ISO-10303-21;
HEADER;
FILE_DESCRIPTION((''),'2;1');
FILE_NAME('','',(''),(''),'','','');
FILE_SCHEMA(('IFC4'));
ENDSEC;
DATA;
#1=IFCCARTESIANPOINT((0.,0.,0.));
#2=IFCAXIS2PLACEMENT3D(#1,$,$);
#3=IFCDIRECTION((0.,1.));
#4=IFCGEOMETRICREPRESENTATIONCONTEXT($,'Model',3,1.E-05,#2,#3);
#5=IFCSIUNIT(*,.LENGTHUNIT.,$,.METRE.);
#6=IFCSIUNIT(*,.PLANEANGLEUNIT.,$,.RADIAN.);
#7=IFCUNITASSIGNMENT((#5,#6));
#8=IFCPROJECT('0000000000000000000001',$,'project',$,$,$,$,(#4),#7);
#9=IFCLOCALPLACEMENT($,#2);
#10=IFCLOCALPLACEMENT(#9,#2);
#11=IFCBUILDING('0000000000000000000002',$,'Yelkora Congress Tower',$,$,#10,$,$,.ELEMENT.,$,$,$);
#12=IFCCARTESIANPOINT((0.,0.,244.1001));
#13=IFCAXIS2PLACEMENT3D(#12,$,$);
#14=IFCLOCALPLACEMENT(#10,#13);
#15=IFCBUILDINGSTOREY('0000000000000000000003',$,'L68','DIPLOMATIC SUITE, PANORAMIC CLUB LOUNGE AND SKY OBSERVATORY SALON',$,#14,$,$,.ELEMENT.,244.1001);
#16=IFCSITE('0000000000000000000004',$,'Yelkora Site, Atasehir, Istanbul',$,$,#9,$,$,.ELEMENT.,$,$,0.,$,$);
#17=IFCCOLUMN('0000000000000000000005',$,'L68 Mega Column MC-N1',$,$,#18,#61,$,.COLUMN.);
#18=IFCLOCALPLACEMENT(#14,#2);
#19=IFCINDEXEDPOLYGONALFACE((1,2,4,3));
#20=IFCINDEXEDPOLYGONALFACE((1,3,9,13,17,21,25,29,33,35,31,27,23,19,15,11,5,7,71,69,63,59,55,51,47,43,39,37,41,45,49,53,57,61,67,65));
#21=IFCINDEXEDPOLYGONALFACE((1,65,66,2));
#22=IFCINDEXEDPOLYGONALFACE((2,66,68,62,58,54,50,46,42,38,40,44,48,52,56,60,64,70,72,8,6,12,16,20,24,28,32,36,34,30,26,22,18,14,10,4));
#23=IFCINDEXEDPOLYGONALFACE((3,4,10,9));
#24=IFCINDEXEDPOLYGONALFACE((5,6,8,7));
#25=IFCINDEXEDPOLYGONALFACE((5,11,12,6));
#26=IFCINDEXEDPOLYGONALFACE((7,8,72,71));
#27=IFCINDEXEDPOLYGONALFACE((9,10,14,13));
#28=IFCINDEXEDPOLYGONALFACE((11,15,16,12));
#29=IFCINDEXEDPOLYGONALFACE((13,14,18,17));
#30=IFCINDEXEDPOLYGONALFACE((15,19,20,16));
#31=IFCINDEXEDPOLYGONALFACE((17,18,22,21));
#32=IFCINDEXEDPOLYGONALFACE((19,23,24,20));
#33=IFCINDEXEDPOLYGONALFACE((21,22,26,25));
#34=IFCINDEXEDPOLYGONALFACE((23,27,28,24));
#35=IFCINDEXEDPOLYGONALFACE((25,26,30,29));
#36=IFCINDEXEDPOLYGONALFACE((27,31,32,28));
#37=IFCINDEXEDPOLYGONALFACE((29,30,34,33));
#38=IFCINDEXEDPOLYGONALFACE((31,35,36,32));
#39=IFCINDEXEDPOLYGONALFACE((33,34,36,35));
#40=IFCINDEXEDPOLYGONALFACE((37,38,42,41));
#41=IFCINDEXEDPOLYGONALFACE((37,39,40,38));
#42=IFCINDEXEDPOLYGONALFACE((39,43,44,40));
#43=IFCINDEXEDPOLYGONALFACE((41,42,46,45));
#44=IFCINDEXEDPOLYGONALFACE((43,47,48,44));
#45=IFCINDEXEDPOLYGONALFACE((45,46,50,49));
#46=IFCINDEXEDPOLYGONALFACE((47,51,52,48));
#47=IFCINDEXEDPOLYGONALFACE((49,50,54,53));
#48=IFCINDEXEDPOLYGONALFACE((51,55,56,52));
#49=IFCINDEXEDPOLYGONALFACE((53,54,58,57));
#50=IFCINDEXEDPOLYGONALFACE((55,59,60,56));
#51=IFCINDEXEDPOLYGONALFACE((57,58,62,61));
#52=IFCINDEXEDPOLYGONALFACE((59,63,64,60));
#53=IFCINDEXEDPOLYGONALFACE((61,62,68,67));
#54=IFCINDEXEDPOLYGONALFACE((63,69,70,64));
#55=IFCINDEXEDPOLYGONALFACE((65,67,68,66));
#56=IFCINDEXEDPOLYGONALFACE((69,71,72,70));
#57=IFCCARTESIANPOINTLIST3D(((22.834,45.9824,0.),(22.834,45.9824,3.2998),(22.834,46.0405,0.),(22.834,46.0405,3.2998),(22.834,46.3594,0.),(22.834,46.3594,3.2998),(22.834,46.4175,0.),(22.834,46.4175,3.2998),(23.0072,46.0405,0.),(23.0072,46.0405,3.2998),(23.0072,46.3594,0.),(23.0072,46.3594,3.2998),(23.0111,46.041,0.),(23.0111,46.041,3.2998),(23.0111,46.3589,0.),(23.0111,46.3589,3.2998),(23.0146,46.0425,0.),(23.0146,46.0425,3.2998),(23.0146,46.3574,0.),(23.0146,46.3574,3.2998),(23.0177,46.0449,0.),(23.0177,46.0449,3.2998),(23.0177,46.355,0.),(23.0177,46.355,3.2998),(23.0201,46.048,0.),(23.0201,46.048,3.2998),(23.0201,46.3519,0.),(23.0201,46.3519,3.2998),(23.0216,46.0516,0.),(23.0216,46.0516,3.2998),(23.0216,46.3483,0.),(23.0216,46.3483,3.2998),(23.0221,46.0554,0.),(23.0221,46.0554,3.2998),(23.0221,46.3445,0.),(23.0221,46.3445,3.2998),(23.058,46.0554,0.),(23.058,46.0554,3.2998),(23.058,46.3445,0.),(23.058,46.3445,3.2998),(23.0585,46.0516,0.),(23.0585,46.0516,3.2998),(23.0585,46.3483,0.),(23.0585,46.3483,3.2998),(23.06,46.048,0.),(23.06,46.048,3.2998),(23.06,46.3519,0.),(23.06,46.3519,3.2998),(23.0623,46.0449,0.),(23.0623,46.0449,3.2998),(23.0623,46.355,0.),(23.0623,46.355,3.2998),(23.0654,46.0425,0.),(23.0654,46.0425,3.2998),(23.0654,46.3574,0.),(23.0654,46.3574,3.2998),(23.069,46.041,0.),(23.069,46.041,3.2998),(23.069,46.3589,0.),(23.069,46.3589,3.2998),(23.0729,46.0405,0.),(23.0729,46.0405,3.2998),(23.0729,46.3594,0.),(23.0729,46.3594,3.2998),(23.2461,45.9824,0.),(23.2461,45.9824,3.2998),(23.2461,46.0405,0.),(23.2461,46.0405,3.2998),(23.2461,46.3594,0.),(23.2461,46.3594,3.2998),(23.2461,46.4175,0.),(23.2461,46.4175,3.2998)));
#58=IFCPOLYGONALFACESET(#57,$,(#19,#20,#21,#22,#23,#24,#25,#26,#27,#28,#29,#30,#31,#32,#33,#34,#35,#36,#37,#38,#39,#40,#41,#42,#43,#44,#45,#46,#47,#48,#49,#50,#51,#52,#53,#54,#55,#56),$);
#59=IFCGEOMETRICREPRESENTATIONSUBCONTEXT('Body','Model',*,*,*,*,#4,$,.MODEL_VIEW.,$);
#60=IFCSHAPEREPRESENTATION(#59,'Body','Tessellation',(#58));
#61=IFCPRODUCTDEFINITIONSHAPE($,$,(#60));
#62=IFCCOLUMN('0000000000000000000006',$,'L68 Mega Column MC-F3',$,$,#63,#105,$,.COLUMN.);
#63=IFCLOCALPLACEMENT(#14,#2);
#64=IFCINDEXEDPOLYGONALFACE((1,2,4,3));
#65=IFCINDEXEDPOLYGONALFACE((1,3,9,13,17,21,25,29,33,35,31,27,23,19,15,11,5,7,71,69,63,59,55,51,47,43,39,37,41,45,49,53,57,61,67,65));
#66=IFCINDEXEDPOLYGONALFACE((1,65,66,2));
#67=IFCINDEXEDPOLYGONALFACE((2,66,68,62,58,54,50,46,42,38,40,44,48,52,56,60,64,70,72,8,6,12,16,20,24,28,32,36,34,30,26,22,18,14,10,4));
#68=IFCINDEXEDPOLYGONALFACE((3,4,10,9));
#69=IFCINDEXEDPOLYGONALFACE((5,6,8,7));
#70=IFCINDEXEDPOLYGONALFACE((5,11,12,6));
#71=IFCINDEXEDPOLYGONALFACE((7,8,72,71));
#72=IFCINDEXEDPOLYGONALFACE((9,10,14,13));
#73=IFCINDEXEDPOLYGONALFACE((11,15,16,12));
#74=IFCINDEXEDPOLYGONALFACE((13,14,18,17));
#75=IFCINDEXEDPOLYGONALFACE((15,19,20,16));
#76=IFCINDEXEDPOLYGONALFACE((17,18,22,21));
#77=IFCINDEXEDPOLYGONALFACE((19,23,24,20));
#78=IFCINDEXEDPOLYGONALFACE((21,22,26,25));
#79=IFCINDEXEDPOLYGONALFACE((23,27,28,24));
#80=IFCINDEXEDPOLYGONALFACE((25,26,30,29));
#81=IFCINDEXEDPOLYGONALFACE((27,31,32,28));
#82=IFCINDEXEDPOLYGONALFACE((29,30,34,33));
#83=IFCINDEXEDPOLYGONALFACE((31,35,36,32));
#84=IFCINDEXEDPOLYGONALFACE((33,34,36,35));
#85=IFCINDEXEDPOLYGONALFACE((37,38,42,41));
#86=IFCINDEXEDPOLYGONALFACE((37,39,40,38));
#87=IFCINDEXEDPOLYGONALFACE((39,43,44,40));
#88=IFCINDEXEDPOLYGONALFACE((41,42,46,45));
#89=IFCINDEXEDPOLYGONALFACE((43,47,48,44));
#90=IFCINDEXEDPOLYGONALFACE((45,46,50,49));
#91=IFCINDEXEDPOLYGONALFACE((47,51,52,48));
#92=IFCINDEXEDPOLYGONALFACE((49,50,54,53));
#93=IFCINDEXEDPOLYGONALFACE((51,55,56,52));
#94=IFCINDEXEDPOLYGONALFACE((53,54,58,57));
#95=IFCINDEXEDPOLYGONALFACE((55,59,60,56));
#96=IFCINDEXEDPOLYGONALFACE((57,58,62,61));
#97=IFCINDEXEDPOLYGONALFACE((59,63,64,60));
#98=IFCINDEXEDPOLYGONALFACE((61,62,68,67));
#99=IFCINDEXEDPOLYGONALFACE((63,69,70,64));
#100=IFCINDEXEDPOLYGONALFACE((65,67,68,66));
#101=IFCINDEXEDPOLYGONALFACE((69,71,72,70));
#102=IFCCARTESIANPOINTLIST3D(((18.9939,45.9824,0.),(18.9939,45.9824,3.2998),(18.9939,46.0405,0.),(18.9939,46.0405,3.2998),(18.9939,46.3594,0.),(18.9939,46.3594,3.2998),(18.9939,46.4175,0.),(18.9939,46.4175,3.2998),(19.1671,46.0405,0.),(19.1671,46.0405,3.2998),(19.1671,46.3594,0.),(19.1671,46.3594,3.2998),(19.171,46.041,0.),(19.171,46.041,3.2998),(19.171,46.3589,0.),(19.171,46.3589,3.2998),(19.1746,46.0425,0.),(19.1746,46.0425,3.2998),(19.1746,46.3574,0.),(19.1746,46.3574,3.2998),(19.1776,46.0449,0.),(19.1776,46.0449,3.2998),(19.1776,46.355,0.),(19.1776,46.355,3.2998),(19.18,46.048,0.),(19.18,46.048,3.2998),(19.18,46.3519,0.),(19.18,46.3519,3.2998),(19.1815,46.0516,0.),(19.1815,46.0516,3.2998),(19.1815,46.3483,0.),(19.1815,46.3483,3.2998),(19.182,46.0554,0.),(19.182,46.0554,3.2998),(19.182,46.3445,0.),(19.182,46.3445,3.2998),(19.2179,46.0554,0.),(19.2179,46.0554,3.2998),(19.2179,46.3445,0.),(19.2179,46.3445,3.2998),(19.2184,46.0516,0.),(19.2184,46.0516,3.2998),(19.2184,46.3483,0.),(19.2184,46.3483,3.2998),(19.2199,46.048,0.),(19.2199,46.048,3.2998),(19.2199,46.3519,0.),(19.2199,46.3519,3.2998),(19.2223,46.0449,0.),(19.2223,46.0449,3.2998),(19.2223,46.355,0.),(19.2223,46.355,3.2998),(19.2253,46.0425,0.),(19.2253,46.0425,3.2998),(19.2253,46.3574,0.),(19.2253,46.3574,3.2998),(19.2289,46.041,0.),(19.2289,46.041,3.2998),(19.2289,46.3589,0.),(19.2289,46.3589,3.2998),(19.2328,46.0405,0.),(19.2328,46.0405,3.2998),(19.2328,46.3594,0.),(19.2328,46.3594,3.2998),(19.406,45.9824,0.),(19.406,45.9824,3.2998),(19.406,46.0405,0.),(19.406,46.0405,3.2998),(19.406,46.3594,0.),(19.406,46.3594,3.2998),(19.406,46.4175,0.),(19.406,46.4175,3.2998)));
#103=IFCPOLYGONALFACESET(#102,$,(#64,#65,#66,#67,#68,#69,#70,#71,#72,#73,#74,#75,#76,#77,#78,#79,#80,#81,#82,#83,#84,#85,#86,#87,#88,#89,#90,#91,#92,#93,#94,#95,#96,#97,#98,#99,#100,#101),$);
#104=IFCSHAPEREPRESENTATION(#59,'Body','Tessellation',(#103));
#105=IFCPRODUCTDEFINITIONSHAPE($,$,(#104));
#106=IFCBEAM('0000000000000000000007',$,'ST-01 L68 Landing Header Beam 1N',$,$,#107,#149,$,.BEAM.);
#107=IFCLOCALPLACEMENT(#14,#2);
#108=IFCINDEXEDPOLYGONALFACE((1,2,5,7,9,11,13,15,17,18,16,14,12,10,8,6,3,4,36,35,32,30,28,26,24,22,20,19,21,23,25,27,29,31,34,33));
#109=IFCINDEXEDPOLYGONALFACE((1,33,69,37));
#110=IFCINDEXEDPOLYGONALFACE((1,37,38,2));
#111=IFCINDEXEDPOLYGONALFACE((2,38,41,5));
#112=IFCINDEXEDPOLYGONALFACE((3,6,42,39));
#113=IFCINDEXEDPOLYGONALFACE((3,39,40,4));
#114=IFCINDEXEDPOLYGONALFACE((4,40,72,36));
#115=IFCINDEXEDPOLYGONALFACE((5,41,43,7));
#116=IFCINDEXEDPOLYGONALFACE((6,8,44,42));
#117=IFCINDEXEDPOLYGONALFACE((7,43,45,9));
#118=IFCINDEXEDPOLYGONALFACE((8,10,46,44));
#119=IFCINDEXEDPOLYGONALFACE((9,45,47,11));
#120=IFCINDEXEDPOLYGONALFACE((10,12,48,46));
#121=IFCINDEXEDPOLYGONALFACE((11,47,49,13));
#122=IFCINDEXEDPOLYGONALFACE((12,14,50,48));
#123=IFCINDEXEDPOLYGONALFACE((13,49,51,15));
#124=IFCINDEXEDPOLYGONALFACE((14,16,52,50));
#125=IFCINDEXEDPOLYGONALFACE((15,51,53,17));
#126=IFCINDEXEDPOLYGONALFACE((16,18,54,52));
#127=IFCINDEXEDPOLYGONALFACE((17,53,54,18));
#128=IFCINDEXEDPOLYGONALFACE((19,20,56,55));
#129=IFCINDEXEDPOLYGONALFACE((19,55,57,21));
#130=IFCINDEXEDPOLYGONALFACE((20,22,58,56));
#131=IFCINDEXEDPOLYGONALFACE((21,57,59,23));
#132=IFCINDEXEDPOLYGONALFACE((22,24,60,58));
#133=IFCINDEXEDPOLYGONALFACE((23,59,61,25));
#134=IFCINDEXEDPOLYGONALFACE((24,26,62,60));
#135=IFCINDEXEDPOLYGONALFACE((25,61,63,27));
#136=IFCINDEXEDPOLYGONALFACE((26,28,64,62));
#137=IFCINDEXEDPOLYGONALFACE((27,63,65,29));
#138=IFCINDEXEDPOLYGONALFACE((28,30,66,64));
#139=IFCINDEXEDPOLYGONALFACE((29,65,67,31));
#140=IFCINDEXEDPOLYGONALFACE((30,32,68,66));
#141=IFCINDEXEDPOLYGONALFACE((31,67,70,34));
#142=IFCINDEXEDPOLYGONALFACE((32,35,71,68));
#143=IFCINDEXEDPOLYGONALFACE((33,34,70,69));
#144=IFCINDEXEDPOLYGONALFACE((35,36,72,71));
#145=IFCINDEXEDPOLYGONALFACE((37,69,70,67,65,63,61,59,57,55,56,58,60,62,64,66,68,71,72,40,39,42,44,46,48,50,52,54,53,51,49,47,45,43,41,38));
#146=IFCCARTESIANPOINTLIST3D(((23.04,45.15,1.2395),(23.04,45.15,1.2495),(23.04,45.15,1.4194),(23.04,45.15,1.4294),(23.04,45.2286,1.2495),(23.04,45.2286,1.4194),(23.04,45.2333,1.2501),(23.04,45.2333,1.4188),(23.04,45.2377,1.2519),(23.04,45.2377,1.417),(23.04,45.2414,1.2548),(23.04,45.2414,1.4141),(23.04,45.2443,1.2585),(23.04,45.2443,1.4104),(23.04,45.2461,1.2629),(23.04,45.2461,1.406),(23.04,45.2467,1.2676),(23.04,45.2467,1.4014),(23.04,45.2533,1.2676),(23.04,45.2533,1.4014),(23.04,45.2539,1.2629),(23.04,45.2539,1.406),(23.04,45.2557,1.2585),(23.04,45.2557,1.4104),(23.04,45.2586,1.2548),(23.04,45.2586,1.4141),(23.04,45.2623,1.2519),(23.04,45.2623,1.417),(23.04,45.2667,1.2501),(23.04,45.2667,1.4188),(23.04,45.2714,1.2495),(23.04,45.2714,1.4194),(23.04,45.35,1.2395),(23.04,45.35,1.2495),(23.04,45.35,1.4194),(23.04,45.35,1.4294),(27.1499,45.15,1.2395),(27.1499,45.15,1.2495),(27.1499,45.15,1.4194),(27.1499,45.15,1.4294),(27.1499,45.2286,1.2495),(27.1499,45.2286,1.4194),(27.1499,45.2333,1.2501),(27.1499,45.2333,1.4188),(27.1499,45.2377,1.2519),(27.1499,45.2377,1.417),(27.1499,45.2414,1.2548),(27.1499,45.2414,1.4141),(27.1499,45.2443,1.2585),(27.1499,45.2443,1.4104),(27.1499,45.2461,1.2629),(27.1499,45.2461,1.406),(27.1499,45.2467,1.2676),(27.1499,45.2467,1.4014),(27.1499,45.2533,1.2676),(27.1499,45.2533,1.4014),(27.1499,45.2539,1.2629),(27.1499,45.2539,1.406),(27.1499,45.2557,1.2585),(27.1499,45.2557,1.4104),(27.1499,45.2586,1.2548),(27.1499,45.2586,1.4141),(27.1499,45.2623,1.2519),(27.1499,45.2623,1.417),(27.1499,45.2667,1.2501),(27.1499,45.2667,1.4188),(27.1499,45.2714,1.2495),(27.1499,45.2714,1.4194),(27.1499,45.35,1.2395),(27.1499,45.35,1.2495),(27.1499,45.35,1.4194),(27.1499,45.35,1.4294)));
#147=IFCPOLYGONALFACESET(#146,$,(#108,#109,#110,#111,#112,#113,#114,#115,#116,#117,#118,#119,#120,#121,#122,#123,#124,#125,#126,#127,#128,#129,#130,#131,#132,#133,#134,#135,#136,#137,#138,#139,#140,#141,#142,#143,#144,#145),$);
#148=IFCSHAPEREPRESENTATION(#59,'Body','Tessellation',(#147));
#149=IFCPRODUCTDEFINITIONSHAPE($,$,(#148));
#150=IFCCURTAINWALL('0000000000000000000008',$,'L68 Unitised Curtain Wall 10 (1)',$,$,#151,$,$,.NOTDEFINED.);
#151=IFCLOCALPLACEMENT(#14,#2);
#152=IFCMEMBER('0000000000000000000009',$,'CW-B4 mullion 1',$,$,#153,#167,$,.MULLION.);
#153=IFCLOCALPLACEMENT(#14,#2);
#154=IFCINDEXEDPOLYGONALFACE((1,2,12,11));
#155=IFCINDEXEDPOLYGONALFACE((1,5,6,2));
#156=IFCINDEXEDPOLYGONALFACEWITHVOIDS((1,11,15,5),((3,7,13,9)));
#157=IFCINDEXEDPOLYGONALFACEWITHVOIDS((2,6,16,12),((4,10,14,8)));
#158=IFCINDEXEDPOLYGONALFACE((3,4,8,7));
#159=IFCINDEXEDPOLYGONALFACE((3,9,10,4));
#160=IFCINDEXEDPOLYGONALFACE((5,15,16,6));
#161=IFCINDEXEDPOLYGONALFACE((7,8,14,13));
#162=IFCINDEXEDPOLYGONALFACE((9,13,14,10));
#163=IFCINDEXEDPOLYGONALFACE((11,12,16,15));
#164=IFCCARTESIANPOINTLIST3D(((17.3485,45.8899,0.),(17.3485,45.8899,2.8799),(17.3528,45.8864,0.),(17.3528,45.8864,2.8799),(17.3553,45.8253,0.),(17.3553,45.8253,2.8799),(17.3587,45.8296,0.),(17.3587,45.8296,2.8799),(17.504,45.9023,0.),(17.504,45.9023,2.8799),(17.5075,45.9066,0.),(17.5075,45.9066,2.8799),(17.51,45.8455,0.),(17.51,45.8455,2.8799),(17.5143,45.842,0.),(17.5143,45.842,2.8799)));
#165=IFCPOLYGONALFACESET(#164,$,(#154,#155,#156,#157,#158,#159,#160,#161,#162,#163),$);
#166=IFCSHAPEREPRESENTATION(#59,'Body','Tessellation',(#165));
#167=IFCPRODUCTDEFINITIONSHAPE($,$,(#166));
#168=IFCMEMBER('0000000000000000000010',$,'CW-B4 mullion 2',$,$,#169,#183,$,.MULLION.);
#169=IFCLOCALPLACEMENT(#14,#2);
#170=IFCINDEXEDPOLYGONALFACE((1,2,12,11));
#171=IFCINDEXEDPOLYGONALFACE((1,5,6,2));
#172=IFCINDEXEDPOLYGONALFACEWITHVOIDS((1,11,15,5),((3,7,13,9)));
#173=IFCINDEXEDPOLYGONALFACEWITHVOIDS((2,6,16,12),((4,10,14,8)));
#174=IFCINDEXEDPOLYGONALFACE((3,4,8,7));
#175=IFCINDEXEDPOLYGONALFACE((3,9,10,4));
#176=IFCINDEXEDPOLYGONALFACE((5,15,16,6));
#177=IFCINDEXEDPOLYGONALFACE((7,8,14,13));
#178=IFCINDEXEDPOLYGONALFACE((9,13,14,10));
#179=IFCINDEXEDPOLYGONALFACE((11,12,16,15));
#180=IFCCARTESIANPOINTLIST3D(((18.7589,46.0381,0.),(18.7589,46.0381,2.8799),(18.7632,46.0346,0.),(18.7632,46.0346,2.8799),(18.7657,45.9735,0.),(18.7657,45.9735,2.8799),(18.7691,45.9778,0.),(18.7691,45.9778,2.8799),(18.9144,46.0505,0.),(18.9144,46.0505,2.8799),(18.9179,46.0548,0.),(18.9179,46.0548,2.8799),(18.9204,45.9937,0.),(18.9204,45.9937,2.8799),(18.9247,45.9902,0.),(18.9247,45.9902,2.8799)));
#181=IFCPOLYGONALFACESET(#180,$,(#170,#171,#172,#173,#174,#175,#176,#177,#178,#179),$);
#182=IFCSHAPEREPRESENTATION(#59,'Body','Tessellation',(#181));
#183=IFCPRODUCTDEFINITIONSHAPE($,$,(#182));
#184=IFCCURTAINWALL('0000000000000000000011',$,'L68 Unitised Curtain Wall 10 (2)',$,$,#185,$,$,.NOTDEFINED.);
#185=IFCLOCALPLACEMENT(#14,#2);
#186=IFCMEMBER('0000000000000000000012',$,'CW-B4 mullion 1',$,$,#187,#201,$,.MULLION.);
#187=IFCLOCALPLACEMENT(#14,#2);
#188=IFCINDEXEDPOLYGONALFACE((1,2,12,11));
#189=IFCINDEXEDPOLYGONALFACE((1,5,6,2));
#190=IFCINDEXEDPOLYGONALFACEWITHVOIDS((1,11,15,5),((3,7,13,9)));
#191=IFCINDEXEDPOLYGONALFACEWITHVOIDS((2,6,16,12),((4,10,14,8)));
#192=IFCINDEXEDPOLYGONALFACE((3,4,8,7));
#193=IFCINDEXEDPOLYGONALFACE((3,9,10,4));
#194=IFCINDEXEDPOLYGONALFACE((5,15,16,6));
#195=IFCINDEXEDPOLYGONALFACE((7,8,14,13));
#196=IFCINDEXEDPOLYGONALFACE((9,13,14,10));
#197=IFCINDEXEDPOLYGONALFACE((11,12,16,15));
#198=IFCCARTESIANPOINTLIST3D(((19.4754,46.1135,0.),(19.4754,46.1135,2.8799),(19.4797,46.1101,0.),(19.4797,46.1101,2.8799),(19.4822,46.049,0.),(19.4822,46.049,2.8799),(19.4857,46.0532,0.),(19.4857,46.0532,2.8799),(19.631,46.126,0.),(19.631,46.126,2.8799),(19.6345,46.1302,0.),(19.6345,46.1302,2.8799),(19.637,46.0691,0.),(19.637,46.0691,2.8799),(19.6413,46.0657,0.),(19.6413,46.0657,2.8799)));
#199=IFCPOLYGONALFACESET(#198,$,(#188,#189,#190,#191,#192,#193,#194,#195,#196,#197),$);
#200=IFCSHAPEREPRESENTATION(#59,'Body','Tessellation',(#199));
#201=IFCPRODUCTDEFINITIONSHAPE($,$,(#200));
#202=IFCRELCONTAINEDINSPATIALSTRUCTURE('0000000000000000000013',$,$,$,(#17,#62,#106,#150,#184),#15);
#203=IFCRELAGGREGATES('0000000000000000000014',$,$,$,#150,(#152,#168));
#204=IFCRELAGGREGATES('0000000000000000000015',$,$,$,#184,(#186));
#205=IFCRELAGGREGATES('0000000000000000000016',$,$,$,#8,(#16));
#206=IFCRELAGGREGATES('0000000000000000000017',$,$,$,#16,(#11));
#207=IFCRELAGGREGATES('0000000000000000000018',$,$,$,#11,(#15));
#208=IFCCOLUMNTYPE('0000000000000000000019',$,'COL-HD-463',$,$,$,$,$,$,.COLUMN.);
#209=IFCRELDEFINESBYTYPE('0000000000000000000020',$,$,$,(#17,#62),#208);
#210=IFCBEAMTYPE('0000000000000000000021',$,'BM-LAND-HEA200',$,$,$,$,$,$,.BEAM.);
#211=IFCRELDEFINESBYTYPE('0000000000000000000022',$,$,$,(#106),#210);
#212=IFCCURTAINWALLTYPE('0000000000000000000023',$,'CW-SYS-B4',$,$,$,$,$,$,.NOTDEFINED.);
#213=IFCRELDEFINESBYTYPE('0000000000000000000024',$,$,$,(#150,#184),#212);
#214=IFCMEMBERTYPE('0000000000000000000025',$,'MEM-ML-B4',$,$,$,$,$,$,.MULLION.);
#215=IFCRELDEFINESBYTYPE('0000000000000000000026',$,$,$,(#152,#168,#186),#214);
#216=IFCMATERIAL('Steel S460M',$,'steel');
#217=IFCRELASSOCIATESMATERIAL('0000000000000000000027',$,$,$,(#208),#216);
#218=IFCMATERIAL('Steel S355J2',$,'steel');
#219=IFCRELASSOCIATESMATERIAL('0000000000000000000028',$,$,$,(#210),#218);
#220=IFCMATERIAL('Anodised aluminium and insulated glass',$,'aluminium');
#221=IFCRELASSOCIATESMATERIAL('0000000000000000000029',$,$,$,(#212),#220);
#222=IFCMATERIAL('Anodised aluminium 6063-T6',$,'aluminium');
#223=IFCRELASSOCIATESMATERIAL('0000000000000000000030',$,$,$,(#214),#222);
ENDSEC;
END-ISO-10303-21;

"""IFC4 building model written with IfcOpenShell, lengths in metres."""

from ifc_helpers import new_model, si_unit, direction, frame, origin, origin_2d, place, context, subcontext, project, spatial, hollow_rectangle, i_section, extrude, material, material_profile, profile_set, type_object, element, aggregate, save


model = new_model("IFC4")

# Units and contexts
model_context = context("Model", 3, precision=1e-05, world=origin(), true_north=direction((0.0, 1.0)))
body_context = subcontext(model_context, "Body", "Model", "MODEL_VIEW")
ifc_project = project(units=[si_unit("LENGTHUNIT", "METRE"), si_unit("PLANEANGLEUNIT", "RADIAN")], contexts=[model_context])

# Site, building, storey
site_placement = place(None, origin())
site = spatial("IfcSite", under=ifc_project, at=site_placement, Name="Yelkora Site, Atasehir, Istanbul", CompositionType="ELEMENT", RefElevation=0.0)
building_placement = place(site_placement, origin())
building = spatial("IfcBuilding", under=site, at=building_placement, Name="Yelkora Congress Tower", CompositionType="ELEMENT")
storey_placement = place(building_placement, frame((0.0, 0.0, 244.1001)))
storey = spatial("IfcBuildingStorey", under=building, at=storey_placement, Name="L68", Description="DIPLOMATIC SUITE, PANORAMIC CLUB LOUNGE AND SKY OBSERVATORY SALON", CompositionType="ELEMENT", Elevation=244.1001)

# Columns
ifc_material_1 = material(Name="Steel S460M", Category="steel")
ifc_material_profile_1 = material_profile(ifc_material_1, i_section(OverallWidth=0.4121, OverallDepth=0.4351, WebThickness=0.0359, FlangeThickness=0.0581, FilletRadius=0.0149, at=origin_2d()), Name="HD 400x463")
ifc_profile_set_1 = profile_set([ifc_material_profile_1], Name="Steel S460M")
column_type = type_object("IfcColumnType", Name="COL-HD-463", PredefinedType="COLUMN", material=ifc_profile_set_1)
for number, where, z_axis, x_axis, name in (
    (1, (23.04, 46.2, 0.0), (0.0, 0.0, 1.0), (1.0, 0.0, 0.0), "L68 Mega Column MC-N1"),
    (2, (19.2, 46.2, 0.0), (0.0, 0.0, 1.0), (1.0, 0.0, 0.0), "L68 Mega Column MC-F3"),
):
    element("IfcColumn", number, at=place(storey_placement, frame(where, z_axis=z_axis, x_axis=x_axis)), inside=storey, type_object=column_type, Name=name, PredefinedType="COLUMN", context=body_context, shape_type="SweptSolid", body=[
        extrude(i_section(OverallWidth=0.4121, OverallDepth=0.4351, WebThickness=0.0359, FlangeThickness=0.0581, FilletRadius=0.0149, at=origin_2d()), origin(), (0.0, 0.0, 1.0), 3.2998),
    ])

# Beam
ifc_material_2 = material(Name="Steel S355J2", Category="steel")
ifc_material_profile_2 = material_profile(ifc_material_2, i_section(OverallWidth=0.2, OverallDepth=0.1899, WebThickness=0.0066, FlangeThickness=0.01, FilletRadius=0.0181, at=origin_2d()), Name="HEA 200")
ifc_profile_set_2 = profile_set([ifc_material_profile_2], Name="Steel S355J2")
beam_type = type_object("IfcBeamType", Name="BM-LAND-HEA200", PredefinedType="BEAM", material=ifc_profile_set_2)
beam_placement = place(storey_placement, frame((23.04, 45.25, 1.3345), z_axis=(1.0, 0.0, 0.0), x_axis=(0.0, 1.0, 0.0)))
element("IfcBeam", 3, at=beam_placement, inside=storey, type_object=beam_type, Name="ST-01 L68 Landing Header Beam 1N", PredefinedType="BEAM", context=body_context, shape_type="SweptSolid", body=[
    extrude(i_section(OverallWidth=0.2, OverallDepth=0.1899, WebThickness=0.0066, FlangeThickness=0.01, FilletRadius=0.0181, at=origin_2d()), origin(), (0.0, 0.0, 1.0), 4.1099),
])

# Curtain walls, members
ifc_material_3 = material(Name="Anodised aluminium and insulated glass", Category="aluminium")
curtain_wall_type = type_object("IfcCurtainWallType", Name="CW-SYS-B4", PredefinedType="NOTDEFINED", material=ifc_material_3)
curtain_wall_1_placement = place(storey_placement, origin())
curtain_wall_1 = element("IfcCurtainWall", 4, at=curtain_wall_1_placement, inside=storey, type_object=curtain_wall_type, Name="L68 Unitised Curtain Wall 10 (1)", PredefinedType="NOTDEFINED")
ifc_material_4 = material(Name="Anodised aluminium 6063-T6", Category="aluminium")
ifc_material_profile_3 = material_profile(ifc_material_4, hollow_rectangle(XDim=0.0649, YDim=0.1599, WallThickness=0.0039, at=origin_2d()), Name="ALU 65x160x4")
ifc_profile_set_3 = profile_set([ifc_material_profile_3], Name="Anodised aluminium 6063-T6")
member_type_1 = type_object("IfcMemberType", Name="MEM-ML-B4", PredefinedType="MULLION", material=ifc_profile_set_3)
member_1_placement = place(storey_placement, frame((17.4314, 45.866, 0.0), z_axis=(0.0, 0.0, 1.0), x_axis=(-0.104509, 0.994524, 0.0)))
member_1 = element("IfcMember", 5, at=member_1_placement, type_object=member_type_1, Name="CW-B4 mullion 1", PredefinedType="MULLION", context=body_context, shape_type="SweptSolid", body=[
    extrude(hollow_rectangle(XDim=0.0649, YDim=0.1599, WallThickness=0.0039, at=origin_2d()), origin(), (0.0, 0.0, 1.0), 2.8799),
])
member_2_placement = place(storey_placement, frame((18.8418, 46.0142, 0.0), z_axis=(0.0, 0.0, 1.0), x_axis=(-0.104509, 0.994524, 0.0)))
member_2 = element("IfcMember", 6, at=member_2_placement, type_object=member_type_1, Name="CW-B4 mullion 2", PredefinedType="MULLION", context=body_context, shape_type="SweptSolid", body=[
    extrude(hollow_rectangle(XDim=0.0649, YDim=0.1599, WallThickness=0.0039, at=origin_2d()), origin(), (0.0, 0.0, 1.0), 2.8799),
])
curtain_wall_2_placement = place(storey_placement, origin())
curtain_wall_2 = element("IfcCurtainWall", 7, at=curtain_wall_2_placement, inside=storey, type_object=curtain_wall_type, Name="L68 Unitised Curtain Wall 10 (2)", PredefinedType="NOTDEFINED")
member_3_placement = place(storey_placement, frame((19.5583, 46.0896, 0.0), z_axis=(0.0, 0.0, 1.0), x_axis=(-0.104506, 0.994524, 0.0)))
member_3 = element("IfcMember", 8, at=member_3_placement, type_object=member_type_1, Name="CW-B4 mullion 1", PredefinedType="MULLION", context=body_context, shape_type="SweptSolid", body=[
    extrude(hollow_rectangle(XDim=0.0649, YDim=0.1599, WallThickness=0.0039, at=origin_2d()), origin(), (0.0, 0.0, 1.0), 2.8799),
])

aggregate(curtain_wall_1, [member_1, member_2])
aggregate(curtain_wall_2, [member_3])

save(model, "model.ifc")
